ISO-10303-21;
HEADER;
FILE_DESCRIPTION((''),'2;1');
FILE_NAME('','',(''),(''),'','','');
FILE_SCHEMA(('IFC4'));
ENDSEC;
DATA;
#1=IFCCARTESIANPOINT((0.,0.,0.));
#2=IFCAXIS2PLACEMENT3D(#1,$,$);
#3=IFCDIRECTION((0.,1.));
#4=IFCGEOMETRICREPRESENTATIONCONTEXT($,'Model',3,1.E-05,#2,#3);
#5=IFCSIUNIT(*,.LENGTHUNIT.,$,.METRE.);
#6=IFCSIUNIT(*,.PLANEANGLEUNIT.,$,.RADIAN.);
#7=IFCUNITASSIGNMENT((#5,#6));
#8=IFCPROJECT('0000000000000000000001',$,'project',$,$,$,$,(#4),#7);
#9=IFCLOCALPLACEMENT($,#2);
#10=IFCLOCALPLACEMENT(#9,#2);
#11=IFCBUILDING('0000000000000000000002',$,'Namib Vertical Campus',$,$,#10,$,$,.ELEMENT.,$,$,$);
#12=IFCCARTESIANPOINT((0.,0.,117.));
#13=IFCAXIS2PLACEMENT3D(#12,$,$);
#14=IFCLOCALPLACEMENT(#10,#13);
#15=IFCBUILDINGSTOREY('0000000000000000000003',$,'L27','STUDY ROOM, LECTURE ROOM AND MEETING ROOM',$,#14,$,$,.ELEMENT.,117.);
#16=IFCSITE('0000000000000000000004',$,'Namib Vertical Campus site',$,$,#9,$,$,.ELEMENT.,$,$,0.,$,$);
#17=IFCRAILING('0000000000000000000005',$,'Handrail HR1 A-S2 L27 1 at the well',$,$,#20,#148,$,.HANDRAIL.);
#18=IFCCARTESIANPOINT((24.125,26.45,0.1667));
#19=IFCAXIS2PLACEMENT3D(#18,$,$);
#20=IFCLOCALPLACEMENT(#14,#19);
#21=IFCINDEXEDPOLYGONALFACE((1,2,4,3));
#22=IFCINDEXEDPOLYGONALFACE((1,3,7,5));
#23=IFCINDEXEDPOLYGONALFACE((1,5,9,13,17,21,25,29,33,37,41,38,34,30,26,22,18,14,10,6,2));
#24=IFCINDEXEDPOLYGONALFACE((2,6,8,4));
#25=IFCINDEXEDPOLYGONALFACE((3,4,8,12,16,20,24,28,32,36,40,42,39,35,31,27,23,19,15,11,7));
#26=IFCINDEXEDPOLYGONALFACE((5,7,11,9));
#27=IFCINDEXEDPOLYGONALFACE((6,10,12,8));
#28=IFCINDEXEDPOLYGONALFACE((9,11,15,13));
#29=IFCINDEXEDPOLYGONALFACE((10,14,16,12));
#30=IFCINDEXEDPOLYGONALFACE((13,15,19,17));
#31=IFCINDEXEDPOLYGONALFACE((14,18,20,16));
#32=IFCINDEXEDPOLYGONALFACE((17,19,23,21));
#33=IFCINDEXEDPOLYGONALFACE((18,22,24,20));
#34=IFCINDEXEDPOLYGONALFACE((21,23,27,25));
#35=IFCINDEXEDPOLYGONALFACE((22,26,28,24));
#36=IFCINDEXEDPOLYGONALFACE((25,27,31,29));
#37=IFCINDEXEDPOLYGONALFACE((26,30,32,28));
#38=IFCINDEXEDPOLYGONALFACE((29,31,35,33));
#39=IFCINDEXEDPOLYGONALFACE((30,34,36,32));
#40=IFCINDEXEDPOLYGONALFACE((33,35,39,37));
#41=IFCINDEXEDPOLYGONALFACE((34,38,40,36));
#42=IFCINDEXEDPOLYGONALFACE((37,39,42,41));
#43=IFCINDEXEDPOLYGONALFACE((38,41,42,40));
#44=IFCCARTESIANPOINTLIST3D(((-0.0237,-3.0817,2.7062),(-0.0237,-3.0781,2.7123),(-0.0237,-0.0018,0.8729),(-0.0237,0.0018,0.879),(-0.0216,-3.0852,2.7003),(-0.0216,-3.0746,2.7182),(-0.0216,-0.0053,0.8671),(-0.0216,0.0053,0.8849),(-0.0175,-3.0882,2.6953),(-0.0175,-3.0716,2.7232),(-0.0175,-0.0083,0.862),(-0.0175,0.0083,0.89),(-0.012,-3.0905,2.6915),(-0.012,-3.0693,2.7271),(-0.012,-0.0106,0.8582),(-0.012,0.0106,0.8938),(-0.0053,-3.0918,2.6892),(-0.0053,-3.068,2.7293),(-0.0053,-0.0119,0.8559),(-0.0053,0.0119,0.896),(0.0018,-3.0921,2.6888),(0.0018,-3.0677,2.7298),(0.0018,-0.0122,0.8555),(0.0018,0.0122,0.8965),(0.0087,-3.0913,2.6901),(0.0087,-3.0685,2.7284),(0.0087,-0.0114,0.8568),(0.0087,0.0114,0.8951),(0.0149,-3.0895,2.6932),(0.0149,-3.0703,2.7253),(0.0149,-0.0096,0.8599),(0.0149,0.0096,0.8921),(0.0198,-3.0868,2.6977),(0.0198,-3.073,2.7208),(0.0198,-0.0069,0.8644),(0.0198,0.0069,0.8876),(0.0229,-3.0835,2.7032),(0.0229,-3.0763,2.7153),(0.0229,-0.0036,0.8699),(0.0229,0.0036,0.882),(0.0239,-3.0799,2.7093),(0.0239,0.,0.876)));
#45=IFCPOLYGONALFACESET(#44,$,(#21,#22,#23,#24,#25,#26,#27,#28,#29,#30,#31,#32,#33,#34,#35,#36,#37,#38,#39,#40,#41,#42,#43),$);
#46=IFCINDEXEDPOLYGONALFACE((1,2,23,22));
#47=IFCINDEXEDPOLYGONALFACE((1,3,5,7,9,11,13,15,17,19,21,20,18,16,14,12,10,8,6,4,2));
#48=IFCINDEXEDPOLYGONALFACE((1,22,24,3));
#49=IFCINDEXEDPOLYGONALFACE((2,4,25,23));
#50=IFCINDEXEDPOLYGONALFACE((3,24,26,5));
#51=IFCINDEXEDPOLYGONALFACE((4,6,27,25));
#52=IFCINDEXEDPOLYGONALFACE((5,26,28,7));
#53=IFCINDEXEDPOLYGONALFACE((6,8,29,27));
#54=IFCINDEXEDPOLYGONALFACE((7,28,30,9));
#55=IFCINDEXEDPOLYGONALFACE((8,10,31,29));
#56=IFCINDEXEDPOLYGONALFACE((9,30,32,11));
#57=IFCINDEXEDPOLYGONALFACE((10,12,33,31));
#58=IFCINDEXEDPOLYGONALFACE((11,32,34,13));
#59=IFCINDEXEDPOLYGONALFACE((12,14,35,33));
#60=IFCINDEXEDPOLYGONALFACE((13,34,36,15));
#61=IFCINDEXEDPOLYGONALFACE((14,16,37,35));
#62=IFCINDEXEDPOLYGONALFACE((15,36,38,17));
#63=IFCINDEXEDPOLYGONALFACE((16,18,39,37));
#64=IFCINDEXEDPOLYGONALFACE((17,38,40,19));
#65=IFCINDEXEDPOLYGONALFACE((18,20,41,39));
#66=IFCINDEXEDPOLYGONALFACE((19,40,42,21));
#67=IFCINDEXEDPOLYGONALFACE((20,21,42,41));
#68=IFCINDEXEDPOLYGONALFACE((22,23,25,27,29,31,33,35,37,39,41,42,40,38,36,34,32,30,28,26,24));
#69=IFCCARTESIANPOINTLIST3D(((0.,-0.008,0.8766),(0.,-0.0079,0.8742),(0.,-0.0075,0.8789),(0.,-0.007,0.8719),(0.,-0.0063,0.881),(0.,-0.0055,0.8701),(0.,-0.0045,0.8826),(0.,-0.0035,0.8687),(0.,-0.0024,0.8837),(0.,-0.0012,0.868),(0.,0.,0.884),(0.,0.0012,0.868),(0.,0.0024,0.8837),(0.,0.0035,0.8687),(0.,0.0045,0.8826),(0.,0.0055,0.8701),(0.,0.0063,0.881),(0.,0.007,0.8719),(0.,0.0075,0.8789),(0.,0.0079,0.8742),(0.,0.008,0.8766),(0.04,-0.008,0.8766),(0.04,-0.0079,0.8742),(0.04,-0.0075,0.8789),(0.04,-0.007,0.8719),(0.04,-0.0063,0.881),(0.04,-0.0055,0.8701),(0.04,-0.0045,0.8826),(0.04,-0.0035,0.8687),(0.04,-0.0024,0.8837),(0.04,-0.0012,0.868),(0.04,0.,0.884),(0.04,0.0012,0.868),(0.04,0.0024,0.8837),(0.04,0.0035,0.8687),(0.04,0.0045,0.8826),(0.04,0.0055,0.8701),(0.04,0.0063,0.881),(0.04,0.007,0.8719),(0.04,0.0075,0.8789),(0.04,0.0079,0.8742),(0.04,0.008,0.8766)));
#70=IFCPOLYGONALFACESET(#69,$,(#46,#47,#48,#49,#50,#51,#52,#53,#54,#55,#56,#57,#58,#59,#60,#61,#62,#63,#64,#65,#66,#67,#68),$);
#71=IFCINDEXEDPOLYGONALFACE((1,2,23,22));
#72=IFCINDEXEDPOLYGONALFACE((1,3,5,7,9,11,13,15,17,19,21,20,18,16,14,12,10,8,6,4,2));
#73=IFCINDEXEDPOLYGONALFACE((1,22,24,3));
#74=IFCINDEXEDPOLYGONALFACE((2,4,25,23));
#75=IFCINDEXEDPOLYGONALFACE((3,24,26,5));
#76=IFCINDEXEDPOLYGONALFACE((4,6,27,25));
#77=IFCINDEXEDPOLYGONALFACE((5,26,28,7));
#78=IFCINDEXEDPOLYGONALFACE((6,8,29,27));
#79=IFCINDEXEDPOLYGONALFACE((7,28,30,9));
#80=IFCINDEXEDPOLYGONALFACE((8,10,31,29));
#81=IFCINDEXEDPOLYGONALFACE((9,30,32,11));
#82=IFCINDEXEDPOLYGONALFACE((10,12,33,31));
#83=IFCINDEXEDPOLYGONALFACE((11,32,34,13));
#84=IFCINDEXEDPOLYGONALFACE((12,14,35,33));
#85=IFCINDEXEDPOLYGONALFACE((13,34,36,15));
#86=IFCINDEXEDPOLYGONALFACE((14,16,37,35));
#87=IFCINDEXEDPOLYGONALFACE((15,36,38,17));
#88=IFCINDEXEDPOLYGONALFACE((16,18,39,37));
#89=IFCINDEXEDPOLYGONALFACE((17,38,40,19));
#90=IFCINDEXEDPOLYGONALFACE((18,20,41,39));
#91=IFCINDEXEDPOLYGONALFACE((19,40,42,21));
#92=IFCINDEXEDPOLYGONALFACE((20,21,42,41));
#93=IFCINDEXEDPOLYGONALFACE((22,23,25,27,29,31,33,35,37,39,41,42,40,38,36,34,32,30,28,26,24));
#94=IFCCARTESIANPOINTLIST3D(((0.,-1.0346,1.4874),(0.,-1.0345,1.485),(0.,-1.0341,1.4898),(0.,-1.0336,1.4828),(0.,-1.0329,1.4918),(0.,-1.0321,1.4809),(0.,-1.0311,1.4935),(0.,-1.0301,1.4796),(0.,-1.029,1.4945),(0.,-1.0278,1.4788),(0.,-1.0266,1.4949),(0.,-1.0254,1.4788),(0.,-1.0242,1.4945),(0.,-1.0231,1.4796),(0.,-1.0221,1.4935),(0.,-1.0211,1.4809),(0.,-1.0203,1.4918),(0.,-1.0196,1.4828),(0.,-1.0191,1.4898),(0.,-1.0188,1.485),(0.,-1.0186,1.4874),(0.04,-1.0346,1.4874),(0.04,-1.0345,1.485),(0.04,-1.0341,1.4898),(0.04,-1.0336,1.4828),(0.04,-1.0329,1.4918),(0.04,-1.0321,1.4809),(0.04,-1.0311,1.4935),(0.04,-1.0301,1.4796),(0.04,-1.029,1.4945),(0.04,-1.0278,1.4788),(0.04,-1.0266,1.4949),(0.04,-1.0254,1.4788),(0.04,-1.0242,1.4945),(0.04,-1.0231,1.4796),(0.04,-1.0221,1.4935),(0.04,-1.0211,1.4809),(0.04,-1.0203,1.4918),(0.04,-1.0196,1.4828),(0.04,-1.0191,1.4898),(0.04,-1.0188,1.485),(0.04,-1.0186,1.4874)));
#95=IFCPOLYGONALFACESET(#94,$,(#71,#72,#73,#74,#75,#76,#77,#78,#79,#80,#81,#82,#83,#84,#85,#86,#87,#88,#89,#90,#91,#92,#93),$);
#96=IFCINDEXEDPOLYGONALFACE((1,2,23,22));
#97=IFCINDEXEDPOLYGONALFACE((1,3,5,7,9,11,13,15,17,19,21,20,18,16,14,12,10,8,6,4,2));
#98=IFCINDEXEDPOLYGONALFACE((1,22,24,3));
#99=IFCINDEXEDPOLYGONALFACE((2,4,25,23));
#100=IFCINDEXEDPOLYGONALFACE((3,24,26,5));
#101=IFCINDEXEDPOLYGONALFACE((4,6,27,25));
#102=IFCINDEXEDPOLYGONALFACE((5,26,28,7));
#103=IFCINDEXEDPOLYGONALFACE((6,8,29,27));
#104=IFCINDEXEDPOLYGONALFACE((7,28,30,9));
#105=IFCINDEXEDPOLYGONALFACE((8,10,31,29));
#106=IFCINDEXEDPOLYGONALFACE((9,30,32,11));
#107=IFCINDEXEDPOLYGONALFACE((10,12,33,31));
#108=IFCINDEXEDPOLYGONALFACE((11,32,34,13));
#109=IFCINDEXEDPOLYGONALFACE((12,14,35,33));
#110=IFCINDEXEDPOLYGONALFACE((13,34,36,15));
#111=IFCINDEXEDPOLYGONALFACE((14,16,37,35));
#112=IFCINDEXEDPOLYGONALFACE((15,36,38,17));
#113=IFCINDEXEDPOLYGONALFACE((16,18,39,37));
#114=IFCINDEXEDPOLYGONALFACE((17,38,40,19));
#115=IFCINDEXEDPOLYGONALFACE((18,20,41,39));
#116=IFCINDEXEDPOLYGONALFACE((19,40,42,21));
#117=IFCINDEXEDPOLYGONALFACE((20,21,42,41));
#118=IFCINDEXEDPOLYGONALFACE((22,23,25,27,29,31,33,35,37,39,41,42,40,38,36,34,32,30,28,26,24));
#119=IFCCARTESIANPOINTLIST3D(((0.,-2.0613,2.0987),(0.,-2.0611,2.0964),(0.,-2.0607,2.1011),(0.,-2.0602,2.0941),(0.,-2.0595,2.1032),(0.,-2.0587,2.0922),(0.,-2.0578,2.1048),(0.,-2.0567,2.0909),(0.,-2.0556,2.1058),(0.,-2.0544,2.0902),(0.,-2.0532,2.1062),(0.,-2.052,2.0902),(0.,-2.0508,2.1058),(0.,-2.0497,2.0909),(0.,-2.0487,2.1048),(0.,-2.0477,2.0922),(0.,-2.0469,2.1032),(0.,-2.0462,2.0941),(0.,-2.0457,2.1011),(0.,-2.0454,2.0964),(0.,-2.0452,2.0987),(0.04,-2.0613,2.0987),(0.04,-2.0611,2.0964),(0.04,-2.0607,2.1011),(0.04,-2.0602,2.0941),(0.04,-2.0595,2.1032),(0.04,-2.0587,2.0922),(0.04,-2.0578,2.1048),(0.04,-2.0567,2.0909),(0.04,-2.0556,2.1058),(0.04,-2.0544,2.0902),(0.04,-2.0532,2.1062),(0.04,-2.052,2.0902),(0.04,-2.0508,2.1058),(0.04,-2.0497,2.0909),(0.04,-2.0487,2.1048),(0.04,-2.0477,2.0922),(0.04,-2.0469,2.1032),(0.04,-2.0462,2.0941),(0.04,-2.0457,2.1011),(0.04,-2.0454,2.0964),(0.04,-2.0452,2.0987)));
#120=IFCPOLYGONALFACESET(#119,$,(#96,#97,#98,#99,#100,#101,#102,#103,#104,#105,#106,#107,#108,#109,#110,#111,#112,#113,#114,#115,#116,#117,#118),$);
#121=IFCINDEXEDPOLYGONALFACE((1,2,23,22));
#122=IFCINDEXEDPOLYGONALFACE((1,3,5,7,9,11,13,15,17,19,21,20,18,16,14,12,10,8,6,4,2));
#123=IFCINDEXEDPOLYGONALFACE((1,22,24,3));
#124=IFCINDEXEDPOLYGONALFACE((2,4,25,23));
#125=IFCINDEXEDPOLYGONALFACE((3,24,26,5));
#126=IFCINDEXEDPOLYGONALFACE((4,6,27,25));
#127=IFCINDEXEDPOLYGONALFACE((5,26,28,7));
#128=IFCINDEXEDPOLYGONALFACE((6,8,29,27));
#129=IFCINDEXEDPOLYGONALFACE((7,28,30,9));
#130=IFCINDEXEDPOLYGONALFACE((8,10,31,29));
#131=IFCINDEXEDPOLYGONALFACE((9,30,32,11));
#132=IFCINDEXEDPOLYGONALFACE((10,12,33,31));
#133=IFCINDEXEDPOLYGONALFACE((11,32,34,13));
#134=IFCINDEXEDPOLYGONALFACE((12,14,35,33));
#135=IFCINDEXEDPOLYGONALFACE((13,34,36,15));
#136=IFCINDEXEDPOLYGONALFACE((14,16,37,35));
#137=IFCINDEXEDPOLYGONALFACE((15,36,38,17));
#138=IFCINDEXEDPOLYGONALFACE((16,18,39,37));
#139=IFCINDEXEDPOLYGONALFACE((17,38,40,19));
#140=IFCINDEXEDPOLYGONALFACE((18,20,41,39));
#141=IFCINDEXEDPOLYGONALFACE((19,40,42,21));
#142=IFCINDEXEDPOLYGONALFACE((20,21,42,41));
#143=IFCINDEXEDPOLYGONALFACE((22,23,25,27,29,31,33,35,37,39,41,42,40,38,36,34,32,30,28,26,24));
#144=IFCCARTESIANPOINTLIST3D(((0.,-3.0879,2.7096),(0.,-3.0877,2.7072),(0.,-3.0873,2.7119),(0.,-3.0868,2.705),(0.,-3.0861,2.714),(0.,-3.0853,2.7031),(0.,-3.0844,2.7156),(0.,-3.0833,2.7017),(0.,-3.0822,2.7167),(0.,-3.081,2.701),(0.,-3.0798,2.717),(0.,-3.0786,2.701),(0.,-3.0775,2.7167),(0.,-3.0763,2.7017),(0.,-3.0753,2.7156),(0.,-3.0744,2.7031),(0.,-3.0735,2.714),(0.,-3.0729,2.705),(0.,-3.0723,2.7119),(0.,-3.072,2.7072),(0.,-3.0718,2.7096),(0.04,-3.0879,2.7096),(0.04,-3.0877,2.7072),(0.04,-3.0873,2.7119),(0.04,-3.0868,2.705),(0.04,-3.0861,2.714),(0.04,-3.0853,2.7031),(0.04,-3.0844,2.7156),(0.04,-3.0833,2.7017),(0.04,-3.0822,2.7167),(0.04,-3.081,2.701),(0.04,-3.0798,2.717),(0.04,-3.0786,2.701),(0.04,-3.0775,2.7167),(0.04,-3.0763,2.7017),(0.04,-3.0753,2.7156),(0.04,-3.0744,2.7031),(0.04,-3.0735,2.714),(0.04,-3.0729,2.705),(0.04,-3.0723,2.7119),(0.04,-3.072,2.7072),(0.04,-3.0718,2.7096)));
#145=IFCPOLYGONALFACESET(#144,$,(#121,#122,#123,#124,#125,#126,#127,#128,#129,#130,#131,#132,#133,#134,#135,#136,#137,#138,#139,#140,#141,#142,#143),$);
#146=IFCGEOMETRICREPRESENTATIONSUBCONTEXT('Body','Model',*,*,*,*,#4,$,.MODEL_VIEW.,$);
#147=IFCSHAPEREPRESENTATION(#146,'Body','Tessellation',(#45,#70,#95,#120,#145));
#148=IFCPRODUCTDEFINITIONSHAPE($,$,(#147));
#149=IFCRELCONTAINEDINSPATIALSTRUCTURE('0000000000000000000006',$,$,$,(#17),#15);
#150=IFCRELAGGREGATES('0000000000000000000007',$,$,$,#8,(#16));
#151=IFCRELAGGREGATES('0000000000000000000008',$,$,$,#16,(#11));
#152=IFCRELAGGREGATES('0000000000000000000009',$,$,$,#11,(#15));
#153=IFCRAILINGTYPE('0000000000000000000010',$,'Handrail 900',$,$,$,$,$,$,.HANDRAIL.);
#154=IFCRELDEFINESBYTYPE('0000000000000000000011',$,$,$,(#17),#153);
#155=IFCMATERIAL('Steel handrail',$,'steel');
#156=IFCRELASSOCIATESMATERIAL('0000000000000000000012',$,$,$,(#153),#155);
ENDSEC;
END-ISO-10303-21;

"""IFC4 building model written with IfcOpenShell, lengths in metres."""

from ifc_helpers import new_model, si_unit, direction, frame, origin, origin_2d, place, context, subcontext, project, spatial, circle, extrude, material, type_object, element, save


model = new_model("IFC4")

# Units and contexts
model_context = context("Model", 3, precision=1e-05, world=origin(), true_north=direction((0.0, 1.0)))
body_context = subcontext(model_context, "Body", "Model", "MODEL_VIEW")
ifc_project = project(units=[si_unit("LENGTHUNIT", "METRE"), si_unit("PLANEANGLEUNIT", "RADIAN")], contexts=[model_context])

# Site, building, storey
site_placement = place(None, origin())
site = spatial("IfcSite", under=ifc_project, at=site_placement, Name="Namib Vertical Campus site", CompositionType="ELEMENT", RefElevation=0.0)
building_placement = place(site_placement, origin())
building = spatial("IfcBuilding", under=site, at=building_placement, Name="Namib Vertical Campus", CompositionType="ELEMENT")
storey_placement = place(building_placement, frame((0.0, 0.0, 117.0)))
storey = spatial("IfcBuildingStorey", under=building, at=storey_placement, Name="L27", Description="STUDY ROOM, LECTURE ROOM AND MEETING ROOM", CompositionType="ELEMENT", Elevation=117.0)

# Railing
ifc_material_1 = material(Name="Steel handrail", Category="steel")
railing_type_1 = type_object("IfcRailingType", Name="Handrail 900", PredefinedType="HANDRAIL", material=ifc_material_1)
railing_1_placement = place(storey_placement, frame((24.125, 26.45, 0.1667)))
element("IfcRailing", 1, at=railing_1_placement, inside=storey, type_object=railing_type_1, Name="Handrail HR1 A-S2 L27 1 at the well", PredefinedType="HANDRAIL", context=body_context, shape_type="SweptSolid", body=[
    extrude(circle(Radius=0.0239, at=origin_2d()), frame((0.0, 0.0, 0.876), z_axis=(0.0, -0.859291, 0.511487), x_axis=(1.0, 0.0, 0.0)), (0.0, 0.0, 1.0), 3.5842),
    extrude(circle(Radius=0.0081, at=origin_2d()), frame((0.0, 0.0, 0.876), z_axis=(1.0, 0.0, 0.0), x_axis=(0.0, 0.0, 1.0)), (0.0, 0.0, 1.0), 0.04),
    extrude(circle(Radius=0.0081, at=origin_2d()), frame((0.0, -1.0266, 1.4868), z_axis=(1.0, 0.0, 0.0), x_axis=(0.0, 0.0, 1.0)), (0.0, 0.0, 1.0), 0.04),
    extrude(circle(Radius=0.0081, at=origin_2d()), frame((0.0, -2.0532, 2.0981), z_axis=(1.0, 0.0, 0.0), x_axis=(0.0, 0.0, 1.0)), (0.0, 0.0, 1.0), 0.04),
    extrude(circle(Radius=0.0081, at=origin_2d()), frame((0.0, -3.0798, 2.709), z_axis=(1.0, 0.0, 0.0), x_axis=(0.0, 0.0, 1.0)), (0.0, 0.0, 1.0), 0.04),
])

save(model, "model.ifc")
